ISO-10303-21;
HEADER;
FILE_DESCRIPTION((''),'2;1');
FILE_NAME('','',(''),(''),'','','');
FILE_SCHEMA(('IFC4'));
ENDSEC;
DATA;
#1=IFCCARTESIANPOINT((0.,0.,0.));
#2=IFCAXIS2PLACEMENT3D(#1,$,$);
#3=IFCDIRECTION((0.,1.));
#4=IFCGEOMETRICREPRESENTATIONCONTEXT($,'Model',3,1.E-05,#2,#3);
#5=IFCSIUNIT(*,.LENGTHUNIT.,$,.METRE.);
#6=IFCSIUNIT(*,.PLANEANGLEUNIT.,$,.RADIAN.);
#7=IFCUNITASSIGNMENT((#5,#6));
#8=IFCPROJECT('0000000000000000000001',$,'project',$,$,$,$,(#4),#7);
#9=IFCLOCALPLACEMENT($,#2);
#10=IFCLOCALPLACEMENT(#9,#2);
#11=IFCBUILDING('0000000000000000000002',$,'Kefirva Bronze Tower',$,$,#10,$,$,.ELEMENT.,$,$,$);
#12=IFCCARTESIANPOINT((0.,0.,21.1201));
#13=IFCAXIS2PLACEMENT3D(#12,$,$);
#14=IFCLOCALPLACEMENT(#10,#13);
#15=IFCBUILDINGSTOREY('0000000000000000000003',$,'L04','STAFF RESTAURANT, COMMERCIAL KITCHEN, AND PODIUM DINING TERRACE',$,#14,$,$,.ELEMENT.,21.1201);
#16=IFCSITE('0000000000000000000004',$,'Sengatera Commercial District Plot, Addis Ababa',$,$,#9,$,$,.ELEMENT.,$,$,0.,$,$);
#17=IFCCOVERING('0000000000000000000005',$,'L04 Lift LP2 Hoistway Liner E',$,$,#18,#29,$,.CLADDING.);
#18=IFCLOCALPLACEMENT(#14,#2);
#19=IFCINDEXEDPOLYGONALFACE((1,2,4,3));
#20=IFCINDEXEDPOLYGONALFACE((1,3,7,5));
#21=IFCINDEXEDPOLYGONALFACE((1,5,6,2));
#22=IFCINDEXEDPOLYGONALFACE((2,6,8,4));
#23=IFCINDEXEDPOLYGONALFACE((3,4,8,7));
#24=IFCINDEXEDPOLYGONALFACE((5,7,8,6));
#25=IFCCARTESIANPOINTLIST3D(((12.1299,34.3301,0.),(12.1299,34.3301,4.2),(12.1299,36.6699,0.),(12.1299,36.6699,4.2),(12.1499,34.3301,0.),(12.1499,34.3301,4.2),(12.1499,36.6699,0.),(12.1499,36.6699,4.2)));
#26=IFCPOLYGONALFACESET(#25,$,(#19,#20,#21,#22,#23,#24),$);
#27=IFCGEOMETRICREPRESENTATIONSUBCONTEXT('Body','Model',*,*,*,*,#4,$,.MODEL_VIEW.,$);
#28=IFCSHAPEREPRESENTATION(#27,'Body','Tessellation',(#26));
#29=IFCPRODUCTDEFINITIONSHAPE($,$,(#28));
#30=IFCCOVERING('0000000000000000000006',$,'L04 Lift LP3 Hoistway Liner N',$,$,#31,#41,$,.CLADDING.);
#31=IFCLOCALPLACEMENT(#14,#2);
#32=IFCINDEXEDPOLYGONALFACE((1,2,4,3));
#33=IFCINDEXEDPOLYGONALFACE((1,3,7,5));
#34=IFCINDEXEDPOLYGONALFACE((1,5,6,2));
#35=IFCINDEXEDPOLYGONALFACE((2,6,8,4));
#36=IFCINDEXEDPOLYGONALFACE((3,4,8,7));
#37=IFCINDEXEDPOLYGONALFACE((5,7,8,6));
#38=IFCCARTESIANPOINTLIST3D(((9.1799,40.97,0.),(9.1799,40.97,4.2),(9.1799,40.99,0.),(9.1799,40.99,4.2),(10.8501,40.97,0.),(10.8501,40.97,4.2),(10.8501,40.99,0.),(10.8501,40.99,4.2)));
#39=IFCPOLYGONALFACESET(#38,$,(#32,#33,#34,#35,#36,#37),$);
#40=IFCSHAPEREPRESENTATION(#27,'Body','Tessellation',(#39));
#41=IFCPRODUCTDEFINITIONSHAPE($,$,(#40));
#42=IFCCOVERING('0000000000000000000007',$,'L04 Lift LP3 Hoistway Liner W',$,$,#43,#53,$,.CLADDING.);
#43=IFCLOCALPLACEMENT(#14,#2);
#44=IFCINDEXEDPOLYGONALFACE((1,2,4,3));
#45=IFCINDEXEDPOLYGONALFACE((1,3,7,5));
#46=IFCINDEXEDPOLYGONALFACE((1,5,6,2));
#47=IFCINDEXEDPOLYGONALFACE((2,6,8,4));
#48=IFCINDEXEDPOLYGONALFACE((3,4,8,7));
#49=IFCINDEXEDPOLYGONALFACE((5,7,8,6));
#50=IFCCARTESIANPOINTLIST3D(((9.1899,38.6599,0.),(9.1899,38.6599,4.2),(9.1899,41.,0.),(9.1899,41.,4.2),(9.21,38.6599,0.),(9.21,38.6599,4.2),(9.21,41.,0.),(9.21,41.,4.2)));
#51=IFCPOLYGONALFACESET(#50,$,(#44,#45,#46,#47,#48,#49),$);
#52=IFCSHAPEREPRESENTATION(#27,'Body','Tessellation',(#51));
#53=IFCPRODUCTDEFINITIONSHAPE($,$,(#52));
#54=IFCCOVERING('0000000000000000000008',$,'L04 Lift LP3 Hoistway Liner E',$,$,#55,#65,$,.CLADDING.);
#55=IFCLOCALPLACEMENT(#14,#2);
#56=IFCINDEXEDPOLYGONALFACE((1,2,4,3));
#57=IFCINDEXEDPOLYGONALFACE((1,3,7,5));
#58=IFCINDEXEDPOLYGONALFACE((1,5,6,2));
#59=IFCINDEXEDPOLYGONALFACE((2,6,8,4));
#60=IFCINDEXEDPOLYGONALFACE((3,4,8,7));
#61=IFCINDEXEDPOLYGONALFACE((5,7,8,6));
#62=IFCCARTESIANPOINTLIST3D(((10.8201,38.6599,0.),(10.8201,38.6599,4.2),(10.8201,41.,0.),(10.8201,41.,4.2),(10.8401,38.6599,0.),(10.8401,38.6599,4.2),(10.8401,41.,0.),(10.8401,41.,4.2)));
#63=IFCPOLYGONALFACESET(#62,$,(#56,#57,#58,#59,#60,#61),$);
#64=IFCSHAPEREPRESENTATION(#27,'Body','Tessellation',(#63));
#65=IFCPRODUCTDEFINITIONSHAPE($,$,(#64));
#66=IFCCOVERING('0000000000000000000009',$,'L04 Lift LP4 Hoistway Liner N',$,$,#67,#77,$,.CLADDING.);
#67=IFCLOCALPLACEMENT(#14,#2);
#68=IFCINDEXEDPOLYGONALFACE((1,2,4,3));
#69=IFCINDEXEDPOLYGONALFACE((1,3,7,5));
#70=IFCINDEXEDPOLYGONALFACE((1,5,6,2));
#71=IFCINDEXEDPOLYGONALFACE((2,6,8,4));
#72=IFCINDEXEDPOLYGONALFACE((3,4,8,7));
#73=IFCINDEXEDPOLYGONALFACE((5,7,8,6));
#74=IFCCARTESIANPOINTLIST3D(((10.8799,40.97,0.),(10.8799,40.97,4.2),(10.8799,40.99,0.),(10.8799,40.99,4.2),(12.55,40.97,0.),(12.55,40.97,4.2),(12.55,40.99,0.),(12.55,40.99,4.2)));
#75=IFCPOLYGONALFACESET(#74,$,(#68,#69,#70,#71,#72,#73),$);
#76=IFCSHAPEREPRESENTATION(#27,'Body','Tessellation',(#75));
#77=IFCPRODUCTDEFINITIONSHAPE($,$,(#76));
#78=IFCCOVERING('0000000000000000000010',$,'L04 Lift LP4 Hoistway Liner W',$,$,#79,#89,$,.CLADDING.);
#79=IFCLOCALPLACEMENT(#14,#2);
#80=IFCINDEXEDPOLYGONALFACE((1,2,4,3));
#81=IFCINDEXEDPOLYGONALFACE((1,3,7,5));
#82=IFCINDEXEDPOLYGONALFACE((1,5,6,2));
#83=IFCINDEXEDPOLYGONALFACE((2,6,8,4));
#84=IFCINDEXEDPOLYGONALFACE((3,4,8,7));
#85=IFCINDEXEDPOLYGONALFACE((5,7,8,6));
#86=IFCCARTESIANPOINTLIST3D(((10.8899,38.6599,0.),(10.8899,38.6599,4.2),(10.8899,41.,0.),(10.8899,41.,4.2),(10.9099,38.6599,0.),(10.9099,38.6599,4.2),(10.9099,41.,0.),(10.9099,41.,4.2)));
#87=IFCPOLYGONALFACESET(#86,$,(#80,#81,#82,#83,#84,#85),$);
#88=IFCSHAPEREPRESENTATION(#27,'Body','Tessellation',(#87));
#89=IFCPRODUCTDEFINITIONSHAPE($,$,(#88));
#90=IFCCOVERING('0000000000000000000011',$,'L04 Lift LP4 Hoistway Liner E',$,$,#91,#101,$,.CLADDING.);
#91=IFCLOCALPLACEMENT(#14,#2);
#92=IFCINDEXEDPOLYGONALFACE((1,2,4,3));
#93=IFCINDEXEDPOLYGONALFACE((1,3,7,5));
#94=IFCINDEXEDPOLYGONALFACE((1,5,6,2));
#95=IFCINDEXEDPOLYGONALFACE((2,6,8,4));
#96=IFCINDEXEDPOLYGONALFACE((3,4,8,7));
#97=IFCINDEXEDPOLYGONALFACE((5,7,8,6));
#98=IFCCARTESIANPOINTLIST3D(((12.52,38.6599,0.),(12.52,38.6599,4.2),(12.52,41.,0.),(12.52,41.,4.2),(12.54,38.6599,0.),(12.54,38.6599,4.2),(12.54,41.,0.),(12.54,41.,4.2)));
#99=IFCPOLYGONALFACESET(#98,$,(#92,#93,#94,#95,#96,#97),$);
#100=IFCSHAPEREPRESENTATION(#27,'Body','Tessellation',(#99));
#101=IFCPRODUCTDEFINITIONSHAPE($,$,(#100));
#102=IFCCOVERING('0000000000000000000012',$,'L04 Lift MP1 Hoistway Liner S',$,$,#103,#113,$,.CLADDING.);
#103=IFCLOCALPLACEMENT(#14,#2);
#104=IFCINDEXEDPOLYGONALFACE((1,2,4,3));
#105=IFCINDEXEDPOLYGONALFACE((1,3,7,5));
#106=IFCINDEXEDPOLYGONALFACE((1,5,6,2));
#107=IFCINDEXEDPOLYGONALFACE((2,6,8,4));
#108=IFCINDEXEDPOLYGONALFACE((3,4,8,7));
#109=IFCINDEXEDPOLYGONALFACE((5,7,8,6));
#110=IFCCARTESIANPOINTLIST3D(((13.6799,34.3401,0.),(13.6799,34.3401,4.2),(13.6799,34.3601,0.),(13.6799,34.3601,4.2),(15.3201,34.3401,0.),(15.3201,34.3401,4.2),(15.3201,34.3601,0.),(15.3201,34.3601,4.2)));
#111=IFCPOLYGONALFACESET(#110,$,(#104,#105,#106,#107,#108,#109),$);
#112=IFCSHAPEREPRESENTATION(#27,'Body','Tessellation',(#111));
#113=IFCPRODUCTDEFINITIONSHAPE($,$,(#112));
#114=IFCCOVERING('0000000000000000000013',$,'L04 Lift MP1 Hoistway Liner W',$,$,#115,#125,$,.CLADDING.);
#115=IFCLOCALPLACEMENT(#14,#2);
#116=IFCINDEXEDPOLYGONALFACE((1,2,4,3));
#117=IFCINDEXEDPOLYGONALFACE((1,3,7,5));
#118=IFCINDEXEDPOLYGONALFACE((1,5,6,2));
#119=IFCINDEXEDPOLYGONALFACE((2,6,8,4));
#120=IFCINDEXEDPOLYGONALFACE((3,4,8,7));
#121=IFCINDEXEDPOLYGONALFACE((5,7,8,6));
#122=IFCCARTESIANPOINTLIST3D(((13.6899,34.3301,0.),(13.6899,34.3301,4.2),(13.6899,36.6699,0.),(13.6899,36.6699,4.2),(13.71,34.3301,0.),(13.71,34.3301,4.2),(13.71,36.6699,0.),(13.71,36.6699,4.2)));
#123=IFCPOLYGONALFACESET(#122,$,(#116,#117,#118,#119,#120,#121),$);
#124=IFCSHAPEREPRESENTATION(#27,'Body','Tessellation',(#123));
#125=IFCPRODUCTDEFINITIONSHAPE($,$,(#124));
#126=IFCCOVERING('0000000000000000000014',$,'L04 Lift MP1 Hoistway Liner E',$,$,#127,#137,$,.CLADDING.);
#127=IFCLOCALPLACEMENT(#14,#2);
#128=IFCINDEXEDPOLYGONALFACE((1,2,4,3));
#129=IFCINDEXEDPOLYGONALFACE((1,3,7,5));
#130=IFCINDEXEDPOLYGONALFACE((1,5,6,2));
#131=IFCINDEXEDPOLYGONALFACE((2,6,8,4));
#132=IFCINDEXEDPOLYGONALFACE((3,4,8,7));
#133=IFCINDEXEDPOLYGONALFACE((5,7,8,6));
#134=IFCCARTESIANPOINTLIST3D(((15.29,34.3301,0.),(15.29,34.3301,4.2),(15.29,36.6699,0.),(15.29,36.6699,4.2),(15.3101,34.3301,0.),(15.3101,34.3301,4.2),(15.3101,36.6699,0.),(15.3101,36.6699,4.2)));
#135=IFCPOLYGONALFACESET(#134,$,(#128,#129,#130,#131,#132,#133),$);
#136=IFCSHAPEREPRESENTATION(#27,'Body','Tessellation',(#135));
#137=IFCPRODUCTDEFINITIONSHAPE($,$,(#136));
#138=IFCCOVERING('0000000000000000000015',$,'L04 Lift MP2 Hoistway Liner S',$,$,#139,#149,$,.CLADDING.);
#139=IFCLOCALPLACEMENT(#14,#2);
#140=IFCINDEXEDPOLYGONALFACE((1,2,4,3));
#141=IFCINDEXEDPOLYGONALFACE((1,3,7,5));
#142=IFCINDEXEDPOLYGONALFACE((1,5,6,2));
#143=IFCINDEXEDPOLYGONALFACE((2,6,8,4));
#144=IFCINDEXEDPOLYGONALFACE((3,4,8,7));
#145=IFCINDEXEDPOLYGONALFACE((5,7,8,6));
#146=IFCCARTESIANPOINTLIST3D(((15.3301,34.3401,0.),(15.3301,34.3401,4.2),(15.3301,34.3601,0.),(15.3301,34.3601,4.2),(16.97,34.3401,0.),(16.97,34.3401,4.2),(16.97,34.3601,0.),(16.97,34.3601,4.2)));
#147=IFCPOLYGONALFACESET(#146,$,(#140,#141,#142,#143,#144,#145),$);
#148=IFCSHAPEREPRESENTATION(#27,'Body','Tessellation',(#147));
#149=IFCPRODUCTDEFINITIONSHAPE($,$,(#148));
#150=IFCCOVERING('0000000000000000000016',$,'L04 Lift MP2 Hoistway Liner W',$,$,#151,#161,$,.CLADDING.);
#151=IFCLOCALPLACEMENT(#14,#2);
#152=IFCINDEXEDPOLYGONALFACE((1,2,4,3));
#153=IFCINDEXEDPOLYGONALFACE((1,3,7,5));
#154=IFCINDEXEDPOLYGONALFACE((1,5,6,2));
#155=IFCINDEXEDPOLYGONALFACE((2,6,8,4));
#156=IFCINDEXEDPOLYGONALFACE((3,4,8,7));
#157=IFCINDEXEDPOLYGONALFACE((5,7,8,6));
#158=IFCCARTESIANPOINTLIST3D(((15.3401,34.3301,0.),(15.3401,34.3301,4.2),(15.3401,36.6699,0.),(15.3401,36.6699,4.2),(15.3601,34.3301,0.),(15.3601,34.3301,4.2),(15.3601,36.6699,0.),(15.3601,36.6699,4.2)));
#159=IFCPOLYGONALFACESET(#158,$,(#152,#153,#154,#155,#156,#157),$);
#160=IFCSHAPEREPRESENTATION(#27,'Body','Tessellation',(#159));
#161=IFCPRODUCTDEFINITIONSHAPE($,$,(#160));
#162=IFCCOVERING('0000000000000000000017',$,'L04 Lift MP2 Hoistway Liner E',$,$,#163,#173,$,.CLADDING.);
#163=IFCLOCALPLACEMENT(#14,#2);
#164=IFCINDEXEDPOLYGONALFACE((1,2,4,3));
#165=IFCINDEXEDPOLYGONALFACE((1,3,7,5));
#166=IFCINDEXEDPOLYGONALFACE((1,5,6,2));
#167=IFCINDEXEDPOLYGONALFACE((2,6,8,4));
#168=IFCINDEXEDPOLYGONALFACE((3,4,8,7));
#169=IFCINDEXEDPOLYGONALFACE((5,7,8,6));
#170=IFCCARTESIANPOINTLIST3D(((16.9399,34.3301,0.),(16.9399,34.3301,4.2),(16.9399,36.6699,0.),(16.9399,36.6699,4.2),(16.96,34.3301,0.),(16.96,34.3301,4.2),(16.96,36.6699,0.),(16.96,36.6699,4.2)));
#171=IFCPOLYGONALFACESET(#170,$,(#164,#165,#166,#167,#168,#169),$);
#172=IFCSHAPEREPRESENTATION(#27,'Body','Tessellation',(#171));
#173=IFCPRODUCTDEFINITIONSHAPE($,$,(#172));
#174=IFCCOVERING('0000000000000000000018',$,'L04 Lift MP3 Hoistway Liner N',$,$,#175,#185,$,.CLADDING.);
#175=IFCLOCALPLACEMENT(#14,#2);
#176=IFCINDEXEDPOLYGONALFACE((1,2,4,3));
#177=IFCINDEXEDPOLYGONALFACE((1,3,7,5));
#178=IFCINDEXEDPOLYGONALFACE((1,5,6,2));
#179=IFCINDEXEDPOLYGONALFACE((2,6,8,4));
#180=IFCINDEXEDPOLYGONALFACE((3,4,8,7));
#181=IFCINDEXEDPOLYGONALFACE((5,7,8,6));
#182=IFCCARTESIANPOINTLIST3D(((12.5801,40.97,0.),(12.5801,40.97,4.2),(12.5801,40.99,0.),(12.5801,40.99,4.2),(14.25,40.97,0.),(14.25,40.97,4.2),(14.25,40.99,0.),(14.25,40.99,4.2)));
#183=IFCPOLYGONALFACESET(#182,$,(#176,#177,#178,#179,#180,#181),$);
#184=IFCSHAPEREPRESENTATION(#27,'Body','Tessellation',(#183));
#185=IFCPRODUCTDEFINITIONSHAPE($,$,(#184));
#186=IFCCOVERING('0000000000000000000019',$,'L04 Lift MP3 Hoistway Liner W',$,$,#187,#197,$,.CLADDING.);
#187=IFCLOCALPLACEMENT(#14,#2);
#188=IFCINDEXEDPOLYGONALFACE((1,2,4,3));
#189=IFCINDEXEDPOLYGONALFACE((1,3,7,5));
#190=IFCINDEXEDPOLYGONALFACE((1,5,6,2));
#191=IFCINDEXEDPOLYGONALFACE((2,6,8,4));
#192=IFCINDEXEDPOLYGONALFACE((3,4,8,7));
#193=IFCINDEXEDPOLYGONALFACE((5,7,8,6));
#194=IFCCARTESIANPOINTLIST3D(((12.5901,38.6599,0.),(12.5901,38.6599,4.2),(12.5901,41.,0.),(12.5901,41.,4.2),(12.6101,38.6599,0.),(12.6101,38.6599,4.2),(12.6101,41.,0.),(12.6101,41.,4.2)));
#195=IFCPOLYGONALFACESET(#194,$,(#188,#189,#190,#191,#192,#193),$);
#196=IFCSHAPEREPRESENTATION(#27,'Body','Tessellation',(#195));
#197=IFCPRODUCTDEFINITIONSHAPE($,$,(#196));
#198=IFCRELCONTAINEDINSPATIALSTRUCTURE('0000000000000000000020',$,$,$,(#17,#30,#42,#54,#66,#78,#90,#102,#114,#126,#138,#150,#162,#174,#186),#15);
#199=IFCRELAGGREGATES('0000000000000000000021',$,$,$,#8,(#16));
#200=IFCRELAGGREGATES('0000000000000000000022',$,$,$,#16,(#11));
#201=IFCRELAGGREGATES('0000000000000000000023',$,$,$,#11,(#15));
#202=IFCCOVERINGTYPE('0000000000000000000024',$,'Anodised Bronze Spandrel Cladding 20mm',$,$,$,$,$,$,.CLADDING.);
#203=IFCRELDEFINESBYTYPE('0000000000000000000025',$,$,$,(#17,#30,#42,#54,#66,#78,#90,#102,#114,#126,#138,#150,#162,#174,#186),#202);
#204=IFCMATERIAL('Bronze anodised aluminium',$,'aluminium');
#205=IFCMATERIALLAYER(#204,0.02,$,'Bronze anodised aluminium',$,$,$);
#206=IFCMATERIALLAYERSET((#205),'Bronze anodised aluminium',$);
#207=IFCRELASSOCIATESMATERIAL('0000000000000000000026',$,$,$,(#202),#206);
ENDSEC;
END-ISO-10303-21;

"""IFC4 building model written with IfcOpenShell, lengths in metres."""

from ifc_helpers import new_model, si_unit, direction, frame, origin, place, context, subcontext, project, spatial, polyline, outline, extrude, material, layer, layer_set, type_object, element, save


model = new_model("IFC4")

# Units and contexts
model_context = context("Model", 3, precision=1e-05, world=origin(), true_north=direction((0.0, 1.0)))
body_context = subcontext(model_context, "Body", "Model", "MODEL_VIEW")
ifc_project = project(units=[si_unit("LENGTHUNIT", "METRE"), si_unit("PLANEANGLEUNIT", "RADIAN")], contexts=[model_context])

# Site, building, storey
site_placement = place(None, origin())
site = spatial("IfcSite", under=ifc_project, at=site_placement, Name="Sengatera Commercial District Plot, Addis Ababa", CompositionType="ELEMENT", RefElevation=0.0)
building_placement = place(site_placement, origin())
building = spatial("IfcBuilding", under=site, at=building_placement, Name="Kefirva Bronze Tower", CompositionType="ELEMENT")
storey_placement = place(building_placement, frame((0.0, 0.0, 21.1201)))
storey = spatial("IfcBuildingStorey", under=building, at=storey_placement, Name="L04", Description="STAFF RESTAURANT, COMMERCIAL KITCHEN, AND PODIUM DINING TERRACE", CompositionType="ELEMENT", Elevation=21.1201)

# Shared definitions
ifc_material_1 = material(Name="Bronze anodised aluminium", Category="aluminium")

# Coverings
ifc_layer_1 = layer(ifc_material_1, 0.02, Name="Bronze anodised aluminium")
ifc_layer_set_1 = layer_set([ifc_layer_1], Name="Bronze anodised aluminium")
covering_type_1 = type_object("IfcCoveringType", Name="Anodised Bronze Spandrel Cladding 20mm", PredefinedType="CLADDING", material=ifc_layer_set_1)
covering_1_placement = place(storey_placement, origin())
element("IfcCovering", 1, at=covering_1_placement, inside=storey, type_object=covering_type_1, Name="L04 Lift LP2 Hoistway Liner E", PredefinedType="CLADDING", context=body_context, shape_type="SweptSolid", body=[
    extrude(outline(polyline([(12.1299, 34.3301), (12.1499, 34.3301), (12.1499, 36.6699), (12.1299, 36.6699), (12.1299, 34.3301)])), origin(), (0.0, 0.0, 1.0), 4.2),
])
covering_2_placement = place(storey_placement, origin())
element("IfcCovering", 2, at=covering_2_placement, inside=storey, type_object=covering_type_1, Name="L04 Lift LP3 Hoistway Liner N", PredefinedType="CLADDING", context=body_context, shape_type="SweptSolid", body=[
    extrude(outline(polyline([(9.1799, 40.97), (10.8501, 40.97), (10.8501, 40.99), (9.1799, 40.99), (9.1799, 40.97)])), origin(), (0.0, 0.0, 1.0), 4.2),
])
covering_3_placement = place(storey_placement, origin())
element("IfcCovering", 3, at=covering_3_placement, inside=storey, type_object=covering_type_1, Name="L04 Lift LP3 Hoistway Liner W", PredefinedType="CLADDING", context=body_context, shape_type="SweptSolid", body=[
    extrude(outline(polyline([(9.1899, 38.6599), (9.21, 38.6599), (9.21, 41.0), (9.1899, 41.0), (9.1899, 38.6599)])), origin(), (0.0, 0.0, 1.0), 4.2),
])
covering_4_placement = place(storey_placement, origin())
element("IfcCovering", 4, at=covering_4_placement, inside=storey, type_object=covering_type_1, Name="L04 Lift LP3 Hoistway Liner E", PredefinedType="CLADDING", context=body_context, shape_type="SweptSolid", body=[
    extrude(outline(polyline([(10.8201, 38.6599), (10.8401, 38.6599), (10.8401, 41.0), (10.8201, 41.0), (10.8201, 38.6599)])), origin(), (0.0, 0.0, 1.0), 4.2),
])
covering_5_placement = place(storey_placement, origin())
element("IfcCovering", 5, at=covering_5_placement, inside=storey, type_object=covering_type_1, Name="L04 Lift LP4 Hoistway Liner N", PredefinedType="CLADDING", context=body_context, shape_type="SweptSolid", body=[
    extrude(outline(polyline([(10.8799, 40.97), (12.55, 40.97), (12.55, 40.99), (10.8799, 40.99), (10.8799, 40.97)])), origin(), (0.0, 0.0, 1.0), 4.2),
])
covering_6_placement = place(storey_placement, origin())
element("IfcCovering", 6, at=covering_6_placement, inside=storey, type_object=covering_type_1, Name="L04 Lift LP4 Hoistway Liner W", PredefinedType="CLADDING", context=body_context, shape_type="SweptSolid", body=[
    extrude(outline(polyline([(10.8899, 38.6599), (10.9099, 38.6599), (10.9099, 41.0), (10.8899, 41.0), (10.8899, 38.6599)])), origin(), (0.0, 0.0, 1.0), 4.2),
])
covering_7_placement = place(storey_placement, origin())
element("IfcCovering", 7, at=covering_7_placement, inside=storey, type_object=covering_type_1, Name="L04 Lift LP4 Hoistway Liner E", PredefinedType="CLADDING", context=body_context, shape_type="SweptSolid", body=[
    extrude(outline(polyline([(12.52, 38.6599), (12.54, 38.6599), (12.54, 41.0), (12.52, 41.0), (12.52, 38.6599)])), origin(), (0.0, 0.0, 1.0), 4.2),
])
covering_8_placement = place(storey_placement, origin())
element("IfcCovering", 8, at=covering_8_placement, inside=storey, type_object=covering_type_1, Name="L04 Lift MP1 Hoistway Liner S", PredefinedType="CLADDING", context=body_context, shape_type="SweptSolid", body=[
    extrude(outline(polyline([(13.6799, 34.3401), (15.3201, 34.3401), (15.3201, 34.3601), (13.6799, 34.3601), (13.6799, 34.3401)])), origin(), (0.0, 0.0, 1.0), 4.2),
])
covering_9_placement = place(storey_placement, origin())
element("IfcCovering", 9, at=covering_9_placement, inside=storey, type_object=covering_type_1, Name="L04 Lift MP1 Hoistway Liner W", PredefinedType="CLADDING", context=body_context, shape_type="SweptSolid", body=[
    extrude(outline(polyline([(13.6899, 34.3301), (13.71, 34.3301), (13.71, 36.6699), (13.6899, 36.6699), (13.6899, 34.3301)])), origin(), (0.0, 0.0, 1.0), 4.2),
])
covering_10_placement = place(storey_placement, origin())
element("IfcCovering", 10, at=covering_10_placement, inside=storey, type_object=covering_type_1, Name="L04 Lift MP1 Hoistway Liner E", PredefinedType="CLADDING", context=body_context, shape_type="SweptSolid", body=[
    extrude(outline(polyline([(15.29, 34.3301), (15.3101, 34.3301), (15.3101, 36.6699), (15.29, 36.6699), (15.29, 34.3301)])), origin(), (0.0, 0.0, 1.0), 4.2),
])
covering_11_placement = place(storey_placement, origin())
element("IfcCovering", 11, at=covering_11_placement, inside=storey, type_object=covering_type_1, Name="L04 Lift MP2 Hoistway Liner S", PredefinedType="CLADDING", context=body_context, shape_type="SweptSolid", body=[
    extrude(outline(polyline([(15.3301, 34.3401), (16.97, 34.3401), (16.97, 34.3601), (15.3301, 34.3601), (15.3301, 34.3401)])), origin(), (0.0, 0.0, 1.0), 4.2),
])
covering_12_placement = place(storey_placement, origin())
element("IfcCovering", 12, at=covering_12_placement, inside=storey, type_object=covering_type_1, Name="L04 Lift MP2 Hoistway Liner W", PredefinedType="CLADDING", context=body_context, shape_type="SweptSolid", body=[
    extrude(outline(polyline([(15.3401, 34.3301), (15.3601, 34.3301), (15.3601, 36.6699), (15.3401, 36.6699), (15.3401, 34.3301)])), origin(), (0.0, 0.0, 1.0), 4.2),
])
covering_13_placement = place(storey_placement, origin())
element("IfcCovering", 13, at=covering_13_placement, inside=storey, type_object=covering_type_1, Name="L04 Lift MP2 Hoistway Liner E", PredefinedType="CLADDING", context=body_context, shape_type="SweptSolid", body=[
    extrude(outline(polyline([(16.9399, 34.3301), (16.96, 34.3301), (16.96, 36.6699), (16.9399, 36.6699), (16.9399, 34.3301)])), origin(), (0.0, 0.0, 1.0), 4.2),
])
covering_14_placement = place(storey_placement, origin())
element("IfcCovering", 14, at=covering_14_placement, inside=storey, type_object=covering_type_1, Name="L04 Lift MP3 Hoistway Liner N", PredefinedType="CLADDING", context=body_context, shape_type="SweptSolid", body=[
    extrude(outline(polyline([(12.5801, 40.97), (14.25, 40.97), (14.25, 40.99), (12.5801, 40.99), (12.5801, 40.97)])), origin(), (0.0, 0.0, 1.0), 4.2),
])
covering_15_placement = place(storey_placement, origin())
element("IfcCovering", 15, at=covering_15_placement, inside=storey, type_object=covering_type_1, Name="L04 Lift MP3 Hoistway Liner W", PredefinedType="CLADDING", context=body_context, shape_type="SweptSolid", body=[
    extrude(outline(polyline([(12.5901, 38.6599), (12.6101, 38.6599), (12.6101, 41.0), (12.5901, 41.0), (12.5901, 38.6599)])), origin(), (0.0, 0.0, 1.0), 4.2),
])

save(model, "model.ifc")
